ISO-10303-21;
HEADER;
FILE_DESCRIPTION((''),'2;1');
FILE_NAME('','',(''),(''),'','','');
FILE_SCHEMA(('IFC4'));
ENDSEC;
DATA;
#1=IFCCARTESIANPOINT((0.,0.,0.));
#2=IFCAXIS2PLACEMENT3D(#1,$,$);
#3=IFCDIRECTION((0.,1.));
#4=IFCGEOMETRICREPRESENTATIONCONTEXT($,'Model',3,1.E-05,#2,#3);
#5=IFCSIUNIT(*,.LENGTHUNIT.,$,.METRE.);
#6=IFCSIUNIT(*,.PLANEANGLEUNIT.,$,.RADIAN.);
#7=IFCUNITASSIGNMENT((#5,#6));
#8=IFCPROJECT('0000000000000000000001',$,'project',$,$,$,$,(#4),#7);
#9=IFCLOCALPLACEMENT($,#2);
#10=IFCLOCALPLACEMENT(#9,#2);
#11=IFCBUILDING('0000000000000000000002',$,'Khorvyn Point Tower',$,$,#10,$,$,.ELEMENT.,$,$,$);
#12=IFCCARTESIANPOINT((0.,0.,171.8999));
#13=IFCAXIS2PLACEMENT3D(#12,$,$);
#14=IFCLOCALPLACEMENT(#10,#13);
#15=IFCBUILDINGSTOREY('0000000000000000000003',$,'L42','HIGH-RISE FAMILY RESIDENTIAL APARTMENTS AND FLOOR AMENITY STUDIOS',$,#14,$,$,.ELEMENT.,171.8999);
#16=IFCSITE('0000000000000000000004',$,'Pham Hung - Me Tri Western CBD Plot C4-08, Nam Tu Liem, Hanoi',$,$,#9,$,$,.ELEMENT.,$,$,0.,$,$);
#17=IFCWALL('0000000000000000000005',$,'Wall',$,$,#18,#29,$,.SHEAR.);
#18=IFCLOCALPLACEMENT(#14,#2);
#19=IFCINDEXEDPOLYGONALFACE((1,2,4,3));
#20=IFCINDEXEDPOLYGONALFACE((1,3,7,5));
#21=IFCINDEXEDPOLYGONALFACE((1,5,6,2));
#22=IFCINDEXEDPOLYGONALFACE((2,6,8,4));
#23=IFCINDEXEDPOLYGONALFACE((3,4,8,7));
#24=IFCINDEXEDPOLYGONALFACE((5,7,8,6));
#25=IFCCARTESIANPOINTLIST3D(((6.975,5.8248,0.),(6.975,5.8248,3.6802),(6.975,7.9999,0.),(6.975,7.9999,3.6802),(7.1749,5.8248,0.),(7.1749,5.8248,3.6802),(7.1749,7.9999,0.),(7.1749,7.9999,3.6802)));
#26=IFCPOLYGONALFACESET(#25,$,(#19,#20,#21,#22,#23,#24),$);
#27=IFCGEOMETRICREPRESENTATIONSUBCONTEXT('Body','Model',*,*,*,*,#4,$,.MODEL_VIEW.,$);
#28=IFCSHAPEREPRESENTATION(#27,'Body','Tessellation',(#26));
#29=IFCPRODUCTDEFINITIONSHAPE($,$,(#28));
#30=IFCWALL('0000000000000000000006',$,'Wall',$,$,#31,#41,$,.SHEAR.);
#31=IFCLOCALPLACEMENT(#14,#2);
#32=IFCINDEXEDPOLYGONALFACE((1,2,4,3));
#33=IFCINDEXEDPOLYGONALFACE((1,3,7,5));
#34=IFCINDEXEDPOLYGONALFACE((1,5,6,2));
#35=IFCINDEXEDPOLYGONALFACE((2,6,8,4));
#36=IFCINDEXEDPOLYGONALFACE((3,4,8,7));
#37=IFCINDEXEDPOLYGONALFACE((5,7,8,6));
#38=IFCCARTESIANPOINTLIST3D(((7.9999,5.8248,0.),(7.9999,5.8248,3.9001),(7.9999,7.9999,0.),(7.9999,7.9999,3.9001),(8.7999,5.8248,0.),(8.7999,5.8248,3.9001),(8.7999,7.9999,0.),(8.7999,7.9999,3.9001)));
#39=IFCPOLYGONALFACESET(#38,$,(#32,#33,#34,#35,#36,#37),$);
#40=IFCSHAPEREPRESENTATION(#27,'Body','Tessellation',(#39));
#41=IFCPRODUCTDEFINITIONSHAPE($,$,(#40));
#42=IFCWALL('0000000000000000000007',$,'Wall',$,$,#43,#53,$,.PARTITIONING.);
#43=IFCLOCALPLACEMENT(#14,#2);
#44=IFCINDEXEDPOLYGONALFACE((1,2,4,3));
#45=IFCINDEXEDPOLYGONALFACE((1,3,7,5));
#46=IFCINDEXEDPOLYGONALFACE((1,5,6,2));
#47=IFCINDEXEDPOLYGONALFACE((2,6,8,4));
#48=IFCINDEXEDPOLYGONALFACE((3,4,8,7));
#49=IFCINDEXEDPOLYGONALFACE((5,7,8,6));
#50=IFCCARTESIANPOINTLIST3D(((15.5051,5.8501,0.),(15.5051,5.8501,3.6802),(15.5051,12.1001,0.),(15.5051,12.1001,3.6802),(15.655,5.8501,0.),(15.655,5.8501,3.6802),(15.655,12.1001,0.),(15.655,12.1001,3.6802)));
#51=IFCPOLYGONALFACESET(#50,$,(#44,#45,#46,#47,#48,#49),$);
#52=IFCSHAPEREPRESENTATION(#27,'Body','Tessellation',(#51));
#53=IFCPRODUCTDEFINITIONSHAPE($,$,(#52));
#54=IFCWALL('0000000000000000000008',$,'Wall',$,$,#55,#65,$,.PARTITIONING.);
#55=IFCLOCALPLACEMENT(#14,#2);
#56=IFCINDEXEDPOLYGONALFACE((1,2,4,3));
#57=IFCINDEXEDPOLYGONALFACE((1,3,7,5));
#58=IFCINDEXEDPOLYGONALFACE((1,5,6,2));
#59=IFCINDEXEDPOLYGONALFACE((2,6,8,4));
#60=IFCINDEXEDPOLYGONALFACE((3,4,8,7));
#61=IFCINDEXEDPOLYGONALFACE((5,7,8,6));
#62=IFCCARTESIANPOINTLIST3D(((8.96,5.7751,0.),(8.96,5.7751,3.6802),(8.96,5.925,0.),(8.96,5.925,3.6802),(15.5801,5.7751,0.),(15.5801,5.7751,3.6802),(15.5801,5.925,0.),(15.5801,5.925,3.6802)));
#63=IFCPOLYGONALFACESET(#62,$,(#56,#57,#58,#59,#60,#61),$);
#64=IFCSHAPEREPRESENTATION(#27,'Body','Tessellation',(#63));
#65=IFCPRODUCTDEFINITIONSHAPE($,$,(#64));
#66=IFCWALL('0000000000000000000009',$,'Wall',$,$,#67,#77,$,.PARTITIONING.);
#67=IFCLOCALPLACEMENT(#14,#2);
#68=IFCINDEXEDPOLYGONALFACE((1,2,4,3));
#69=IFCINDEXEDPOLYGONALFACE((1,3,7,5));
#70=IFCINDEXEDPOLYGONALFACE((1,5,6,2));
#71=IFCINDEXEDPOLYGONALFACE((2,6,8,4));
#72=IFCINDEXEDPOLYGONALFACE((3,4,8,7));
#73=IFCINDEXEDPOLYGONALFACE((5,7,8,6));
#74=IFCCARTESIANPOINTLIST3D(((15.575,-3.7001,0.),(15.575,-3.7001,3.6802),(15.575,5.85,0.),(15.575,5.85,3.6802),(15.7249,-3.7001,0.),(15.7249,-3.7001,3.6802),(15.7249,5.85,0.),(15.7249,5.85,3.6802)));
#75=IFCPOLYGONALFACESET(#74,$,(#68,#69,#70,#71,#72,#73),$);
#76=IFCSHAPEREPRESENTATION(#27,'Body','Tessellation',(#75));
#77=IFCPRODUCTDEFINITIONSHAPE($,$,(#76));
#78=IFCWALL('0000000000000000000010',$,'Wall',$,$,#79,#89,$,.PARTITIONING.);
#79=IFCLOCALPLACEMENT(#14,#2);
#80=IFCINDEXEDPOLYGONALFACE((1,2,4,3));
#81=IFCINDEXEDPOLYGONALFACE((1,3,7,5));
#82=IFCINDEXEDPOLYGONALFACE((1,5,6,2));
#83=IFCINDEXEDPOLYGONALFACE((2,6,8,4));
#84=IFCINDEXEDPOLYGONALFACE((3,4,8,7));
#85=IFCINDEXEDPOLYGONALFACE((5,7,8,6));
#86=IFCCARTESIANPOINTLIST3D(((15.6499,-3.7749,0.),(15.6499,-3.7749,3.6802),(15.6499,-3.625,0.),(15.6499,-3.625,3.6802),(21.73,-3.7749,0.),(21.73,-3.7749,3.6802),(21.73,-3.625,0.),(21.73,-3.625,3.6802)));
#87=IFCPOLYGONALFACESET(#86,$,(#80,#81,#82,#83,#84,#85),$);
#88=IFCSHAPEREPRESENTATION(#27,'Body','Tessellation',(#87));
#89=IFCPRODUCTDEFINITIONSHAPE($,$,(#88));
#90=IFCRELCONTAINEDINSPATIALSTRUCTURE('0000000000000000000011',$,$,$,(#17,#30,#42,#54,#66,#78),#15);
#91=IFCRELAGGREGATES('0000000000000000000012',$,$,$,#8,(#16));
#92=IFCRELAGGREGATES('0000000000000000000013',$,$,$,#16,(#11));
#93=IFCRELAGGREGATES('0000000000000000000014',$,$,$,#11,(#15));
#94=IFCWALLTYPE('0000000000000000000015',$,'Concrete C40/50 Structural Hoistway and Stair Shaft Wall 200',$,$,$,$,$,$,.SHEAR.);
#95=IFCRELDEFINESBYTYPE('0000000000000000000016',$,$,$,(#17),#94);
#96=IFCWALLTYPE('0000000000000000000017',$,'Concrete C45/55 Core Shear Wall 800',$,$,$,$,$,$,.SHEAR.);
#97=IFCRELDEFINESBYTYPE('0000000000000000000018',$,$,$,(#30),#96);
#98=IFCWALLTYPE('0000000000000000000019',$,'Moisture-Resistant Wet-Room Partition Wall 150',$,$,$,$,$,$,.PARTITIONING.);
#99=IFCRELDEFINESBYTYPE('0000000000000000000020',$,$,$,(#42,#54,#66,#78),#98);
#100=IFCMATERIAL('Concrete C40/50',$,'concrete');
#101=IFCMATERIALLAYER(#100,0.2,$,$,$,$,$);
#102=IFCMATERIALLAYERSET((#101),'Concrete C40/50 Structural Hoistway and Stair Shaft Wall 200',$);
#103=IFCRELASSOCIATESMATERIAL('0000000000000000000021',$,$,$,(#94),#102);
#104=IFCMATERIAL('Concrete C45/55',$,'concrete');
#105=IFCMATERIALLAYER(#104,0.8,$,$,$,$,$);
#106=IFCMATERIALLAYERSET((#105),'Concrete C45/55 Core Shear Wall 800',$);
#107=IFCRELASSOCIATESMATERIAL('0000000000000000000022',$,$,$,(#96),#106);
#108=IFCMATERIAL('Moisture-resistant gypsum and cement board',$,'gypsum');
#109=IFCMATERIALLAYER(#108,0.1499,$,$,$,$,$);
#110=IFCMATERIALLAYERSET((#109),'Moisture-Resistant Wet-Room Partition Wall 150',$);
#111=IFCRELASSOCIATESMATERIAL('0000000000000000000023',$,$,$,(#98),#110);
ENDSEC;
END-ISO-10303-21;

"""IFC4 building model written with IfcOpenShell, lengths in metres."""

from ifc_helpers import new_model, si_unit, direction, frame, frame_2d, origin, place, context, subcontext, project, spatial, rectangle, extrude, material, layer, layer_set, type_object, element, save


model = new_model("IFC4")

# Units and contexts
model_context = context("Model", 3, precision=1e-05, world=origin(), true_north=direction((0.0, 1.0)))
body_context = subcontext(model_context, "Body", "Model", "MODEL_VIEW")
ifc_project = project(units=[si_unit("LENGTHUNIT", "METRE"), si_unit("PLANEANGLEUNIT", "RADIAN")], contexts=[model_context])

# Site, building, storey
site_placement = place(None, origin())
site = spatial("IfcSite", under=ifc_project, at=site_placement, Name="Pham Hung - Me Tri Western CBD Plot C4-08, Nam Tu Liem, Hanoi", CompositionType="ELEMENT", RefElevation=0.0)
building_placement = place(site_placement, origin())
building = spatial("IfcBuilding", under=site, at=building_placement, Name="Khorvyn Point Tower", CompositionType="ELEMENT")
storey_placement = place(building_placement, frame((0.0, 0.0, 171.8999)))
storey = spatial("IfcBuildingStorey", under=building, at=storey_placement, Name="L42", Description="HIGH-RISE FAMILY RESIDENTIAL APARTMENTS AND FLOOR AMENITY STUDIOS", CompositionType="ELEMENT", Elevation=171.8999)

# Shared definitions
ifc_material_1 = material(Name="Concrete C45/55", Category="concrete")

# Shared definitions
ifc_material_2 = material(Name="Concrete C40/50", Category="concrete")

# Shared definitions
ifc_layer_1 = layer(ifc_material_2, 0.2)
ifc_layer_set_1 = layer_set([ifc_layer_1], Name="Concrete C40/50 Structural Hoistway and Stair Shaft Wall 200")
wall_type_1 = type_object("IfcWallType", Name="Concrete C40/50 Structural Hoistway and Stair Shaft Wall 200", PredefinedType="SHEAR", material=ifc_layer_set_1)

# Walls
wall_1_placement = place(storey_placement, frame((7.075, 5.825, 0.0), z_axis=(0.0, 0.0, 1.0), x_axis=(0.0, 1.0, 0.0)))
element("IfcWall", 1, at=wall_1_placement, inside=storey, type_object=wall_type_1, Name="Wall", PredefinedType="SHEAR", context=body_context, shape_type="SweptSolid", body=[
    extrude(rectangle(XDim=2.175, YDim=0.2, at=frame_2d((1.0874, 0.0))), origin(), (0.0, 0.0, 1.0), 3.6802),
])
ifc_layer_2 = layer(ifc_material_1, 0.8)
ifc_layer_set_2 = layer_set([ifc_layer_2], Name="Concrete C45/55 Core Shear Wall 800")
wall_type_2 = type_object("IfcWallType", Name="Concrete C45/55 Core Shear Wall 800", PredefinedType="SHEAR", material=ifc_layer_set_2)
wall_2_placement = place(storey_placement, frame((8.3999, 5.825, 0.0), z_axis=(0.0, 0.0, 1.0), x_axis=(0.0, 1.0, 0.0)))
element("IfcWall", 2, at=wall_2_placement, inside=storey, type_object=wall_type_2, Name="Wall", PredefinedType="SHEAR", context=body_context, shape_type="SweptSolid", body=[
    extrude(rectangle(XDim=2.175, YDim=0.8, at=frame_2d((1.0874, 0.0))), origin(), (0.0, 0.0, 1.0), 3.9001),
])
ifc_material_3 = material(Name="Moisture-resistant gypsum and cement board", Category="gypsum")
ifc_layer_3 = layer(ifc_material_3, 0.1499)
ifc_layer_set_3 = layer_set([ifc_layer_3], Name="Moisture-Resistant Wet-Room Partition Wall 150")
wall_type_3 = type_object("IfcWallType", Name="Moisture-Resistant Wet-Room Partition Wall 150", PredefinedType="PARTITIONING", material=ifc_layer_set_3)
wall_3_placement = place(storey_placement, frame((15.5801, 5.8501, 0.0), z_axis=(0.0, 0.0, 1.0), x_axis=(0.0, 1.0, 0.0)))
element("IfcWall", 3, at=wall_3_placement, inside=storey, type_object=wall_type_3, Name="Wall", PredefinedType="PARTITIONING", context=body_context, shape_type="SweptSolid", body=[
    extrude(rectangle(XDim=6.25, YDim=0.1499, at=frame_2d((3.125, 0.0))), origin(), (0.0, 0.0, 1.0), 3.6802),
])
wall_4_placement = place(storey_placement, frame((8.96, 5.8501, 0.0), z_axis=(0.0, 0.0, 1.0), x_axis=(1.0, 0.0, 0.0)))
element("IfcWall", 4, at=wall_4_placement, inside=storey, type_object=wall_type_3, Name="Wall", PredefinedType="PARTITIONING", context=body_context, shape_type="SweptSolid", body=[
    extrude(rectangle(XDim=6.6201, YDim=0.1499, at=frame_2d((3.3101, 0.0))), origin(), (0.0, 0.0, 1.0), 3.6802),
])
wall_5_placement = place(storey_placement, frame((15.6499, -3.7, 0.0), z_axis=(0.0, 0.0, 1.0), x_axis=(0.0, 1.0, 0.0)))
element("IfcWall", 5, at=wall_5_placement, inside=storey, type_object=wall_type_3, Name="Wall", PredefinedType="PARTITIONING", context=body_context, shape_type="SweptSolid", body=[
    extrude(rectangle(XDim=9.55, YDim=0.1499, at=frame_2d((4.7749, 0.0))), origin(), (0.0, 0.0, 1.0), 3.6802),
])
wall_6_placement = place(storey_placement, frame((15.6499, -3.7, 0.0), z_axis=(0.0, 0.0, 1.0), x_axis=(1.0, 0.0, 0.0)))
element("IfcWall", 6, at=wall_6_placement, inside=storey, type_object=wall_type_3, Name="Wall", PredefinedType="PARTITIONING", context=body_context, shape_type="SweptSolid", body=[
    extrude(rectangle(XDim=6.0801, YDim=0.1499, at=frame_2d((3.04, 0.0))), origin(), (0.0, 0.0, 1.0), 3.6802),
])

save(model, "model.ifc")
